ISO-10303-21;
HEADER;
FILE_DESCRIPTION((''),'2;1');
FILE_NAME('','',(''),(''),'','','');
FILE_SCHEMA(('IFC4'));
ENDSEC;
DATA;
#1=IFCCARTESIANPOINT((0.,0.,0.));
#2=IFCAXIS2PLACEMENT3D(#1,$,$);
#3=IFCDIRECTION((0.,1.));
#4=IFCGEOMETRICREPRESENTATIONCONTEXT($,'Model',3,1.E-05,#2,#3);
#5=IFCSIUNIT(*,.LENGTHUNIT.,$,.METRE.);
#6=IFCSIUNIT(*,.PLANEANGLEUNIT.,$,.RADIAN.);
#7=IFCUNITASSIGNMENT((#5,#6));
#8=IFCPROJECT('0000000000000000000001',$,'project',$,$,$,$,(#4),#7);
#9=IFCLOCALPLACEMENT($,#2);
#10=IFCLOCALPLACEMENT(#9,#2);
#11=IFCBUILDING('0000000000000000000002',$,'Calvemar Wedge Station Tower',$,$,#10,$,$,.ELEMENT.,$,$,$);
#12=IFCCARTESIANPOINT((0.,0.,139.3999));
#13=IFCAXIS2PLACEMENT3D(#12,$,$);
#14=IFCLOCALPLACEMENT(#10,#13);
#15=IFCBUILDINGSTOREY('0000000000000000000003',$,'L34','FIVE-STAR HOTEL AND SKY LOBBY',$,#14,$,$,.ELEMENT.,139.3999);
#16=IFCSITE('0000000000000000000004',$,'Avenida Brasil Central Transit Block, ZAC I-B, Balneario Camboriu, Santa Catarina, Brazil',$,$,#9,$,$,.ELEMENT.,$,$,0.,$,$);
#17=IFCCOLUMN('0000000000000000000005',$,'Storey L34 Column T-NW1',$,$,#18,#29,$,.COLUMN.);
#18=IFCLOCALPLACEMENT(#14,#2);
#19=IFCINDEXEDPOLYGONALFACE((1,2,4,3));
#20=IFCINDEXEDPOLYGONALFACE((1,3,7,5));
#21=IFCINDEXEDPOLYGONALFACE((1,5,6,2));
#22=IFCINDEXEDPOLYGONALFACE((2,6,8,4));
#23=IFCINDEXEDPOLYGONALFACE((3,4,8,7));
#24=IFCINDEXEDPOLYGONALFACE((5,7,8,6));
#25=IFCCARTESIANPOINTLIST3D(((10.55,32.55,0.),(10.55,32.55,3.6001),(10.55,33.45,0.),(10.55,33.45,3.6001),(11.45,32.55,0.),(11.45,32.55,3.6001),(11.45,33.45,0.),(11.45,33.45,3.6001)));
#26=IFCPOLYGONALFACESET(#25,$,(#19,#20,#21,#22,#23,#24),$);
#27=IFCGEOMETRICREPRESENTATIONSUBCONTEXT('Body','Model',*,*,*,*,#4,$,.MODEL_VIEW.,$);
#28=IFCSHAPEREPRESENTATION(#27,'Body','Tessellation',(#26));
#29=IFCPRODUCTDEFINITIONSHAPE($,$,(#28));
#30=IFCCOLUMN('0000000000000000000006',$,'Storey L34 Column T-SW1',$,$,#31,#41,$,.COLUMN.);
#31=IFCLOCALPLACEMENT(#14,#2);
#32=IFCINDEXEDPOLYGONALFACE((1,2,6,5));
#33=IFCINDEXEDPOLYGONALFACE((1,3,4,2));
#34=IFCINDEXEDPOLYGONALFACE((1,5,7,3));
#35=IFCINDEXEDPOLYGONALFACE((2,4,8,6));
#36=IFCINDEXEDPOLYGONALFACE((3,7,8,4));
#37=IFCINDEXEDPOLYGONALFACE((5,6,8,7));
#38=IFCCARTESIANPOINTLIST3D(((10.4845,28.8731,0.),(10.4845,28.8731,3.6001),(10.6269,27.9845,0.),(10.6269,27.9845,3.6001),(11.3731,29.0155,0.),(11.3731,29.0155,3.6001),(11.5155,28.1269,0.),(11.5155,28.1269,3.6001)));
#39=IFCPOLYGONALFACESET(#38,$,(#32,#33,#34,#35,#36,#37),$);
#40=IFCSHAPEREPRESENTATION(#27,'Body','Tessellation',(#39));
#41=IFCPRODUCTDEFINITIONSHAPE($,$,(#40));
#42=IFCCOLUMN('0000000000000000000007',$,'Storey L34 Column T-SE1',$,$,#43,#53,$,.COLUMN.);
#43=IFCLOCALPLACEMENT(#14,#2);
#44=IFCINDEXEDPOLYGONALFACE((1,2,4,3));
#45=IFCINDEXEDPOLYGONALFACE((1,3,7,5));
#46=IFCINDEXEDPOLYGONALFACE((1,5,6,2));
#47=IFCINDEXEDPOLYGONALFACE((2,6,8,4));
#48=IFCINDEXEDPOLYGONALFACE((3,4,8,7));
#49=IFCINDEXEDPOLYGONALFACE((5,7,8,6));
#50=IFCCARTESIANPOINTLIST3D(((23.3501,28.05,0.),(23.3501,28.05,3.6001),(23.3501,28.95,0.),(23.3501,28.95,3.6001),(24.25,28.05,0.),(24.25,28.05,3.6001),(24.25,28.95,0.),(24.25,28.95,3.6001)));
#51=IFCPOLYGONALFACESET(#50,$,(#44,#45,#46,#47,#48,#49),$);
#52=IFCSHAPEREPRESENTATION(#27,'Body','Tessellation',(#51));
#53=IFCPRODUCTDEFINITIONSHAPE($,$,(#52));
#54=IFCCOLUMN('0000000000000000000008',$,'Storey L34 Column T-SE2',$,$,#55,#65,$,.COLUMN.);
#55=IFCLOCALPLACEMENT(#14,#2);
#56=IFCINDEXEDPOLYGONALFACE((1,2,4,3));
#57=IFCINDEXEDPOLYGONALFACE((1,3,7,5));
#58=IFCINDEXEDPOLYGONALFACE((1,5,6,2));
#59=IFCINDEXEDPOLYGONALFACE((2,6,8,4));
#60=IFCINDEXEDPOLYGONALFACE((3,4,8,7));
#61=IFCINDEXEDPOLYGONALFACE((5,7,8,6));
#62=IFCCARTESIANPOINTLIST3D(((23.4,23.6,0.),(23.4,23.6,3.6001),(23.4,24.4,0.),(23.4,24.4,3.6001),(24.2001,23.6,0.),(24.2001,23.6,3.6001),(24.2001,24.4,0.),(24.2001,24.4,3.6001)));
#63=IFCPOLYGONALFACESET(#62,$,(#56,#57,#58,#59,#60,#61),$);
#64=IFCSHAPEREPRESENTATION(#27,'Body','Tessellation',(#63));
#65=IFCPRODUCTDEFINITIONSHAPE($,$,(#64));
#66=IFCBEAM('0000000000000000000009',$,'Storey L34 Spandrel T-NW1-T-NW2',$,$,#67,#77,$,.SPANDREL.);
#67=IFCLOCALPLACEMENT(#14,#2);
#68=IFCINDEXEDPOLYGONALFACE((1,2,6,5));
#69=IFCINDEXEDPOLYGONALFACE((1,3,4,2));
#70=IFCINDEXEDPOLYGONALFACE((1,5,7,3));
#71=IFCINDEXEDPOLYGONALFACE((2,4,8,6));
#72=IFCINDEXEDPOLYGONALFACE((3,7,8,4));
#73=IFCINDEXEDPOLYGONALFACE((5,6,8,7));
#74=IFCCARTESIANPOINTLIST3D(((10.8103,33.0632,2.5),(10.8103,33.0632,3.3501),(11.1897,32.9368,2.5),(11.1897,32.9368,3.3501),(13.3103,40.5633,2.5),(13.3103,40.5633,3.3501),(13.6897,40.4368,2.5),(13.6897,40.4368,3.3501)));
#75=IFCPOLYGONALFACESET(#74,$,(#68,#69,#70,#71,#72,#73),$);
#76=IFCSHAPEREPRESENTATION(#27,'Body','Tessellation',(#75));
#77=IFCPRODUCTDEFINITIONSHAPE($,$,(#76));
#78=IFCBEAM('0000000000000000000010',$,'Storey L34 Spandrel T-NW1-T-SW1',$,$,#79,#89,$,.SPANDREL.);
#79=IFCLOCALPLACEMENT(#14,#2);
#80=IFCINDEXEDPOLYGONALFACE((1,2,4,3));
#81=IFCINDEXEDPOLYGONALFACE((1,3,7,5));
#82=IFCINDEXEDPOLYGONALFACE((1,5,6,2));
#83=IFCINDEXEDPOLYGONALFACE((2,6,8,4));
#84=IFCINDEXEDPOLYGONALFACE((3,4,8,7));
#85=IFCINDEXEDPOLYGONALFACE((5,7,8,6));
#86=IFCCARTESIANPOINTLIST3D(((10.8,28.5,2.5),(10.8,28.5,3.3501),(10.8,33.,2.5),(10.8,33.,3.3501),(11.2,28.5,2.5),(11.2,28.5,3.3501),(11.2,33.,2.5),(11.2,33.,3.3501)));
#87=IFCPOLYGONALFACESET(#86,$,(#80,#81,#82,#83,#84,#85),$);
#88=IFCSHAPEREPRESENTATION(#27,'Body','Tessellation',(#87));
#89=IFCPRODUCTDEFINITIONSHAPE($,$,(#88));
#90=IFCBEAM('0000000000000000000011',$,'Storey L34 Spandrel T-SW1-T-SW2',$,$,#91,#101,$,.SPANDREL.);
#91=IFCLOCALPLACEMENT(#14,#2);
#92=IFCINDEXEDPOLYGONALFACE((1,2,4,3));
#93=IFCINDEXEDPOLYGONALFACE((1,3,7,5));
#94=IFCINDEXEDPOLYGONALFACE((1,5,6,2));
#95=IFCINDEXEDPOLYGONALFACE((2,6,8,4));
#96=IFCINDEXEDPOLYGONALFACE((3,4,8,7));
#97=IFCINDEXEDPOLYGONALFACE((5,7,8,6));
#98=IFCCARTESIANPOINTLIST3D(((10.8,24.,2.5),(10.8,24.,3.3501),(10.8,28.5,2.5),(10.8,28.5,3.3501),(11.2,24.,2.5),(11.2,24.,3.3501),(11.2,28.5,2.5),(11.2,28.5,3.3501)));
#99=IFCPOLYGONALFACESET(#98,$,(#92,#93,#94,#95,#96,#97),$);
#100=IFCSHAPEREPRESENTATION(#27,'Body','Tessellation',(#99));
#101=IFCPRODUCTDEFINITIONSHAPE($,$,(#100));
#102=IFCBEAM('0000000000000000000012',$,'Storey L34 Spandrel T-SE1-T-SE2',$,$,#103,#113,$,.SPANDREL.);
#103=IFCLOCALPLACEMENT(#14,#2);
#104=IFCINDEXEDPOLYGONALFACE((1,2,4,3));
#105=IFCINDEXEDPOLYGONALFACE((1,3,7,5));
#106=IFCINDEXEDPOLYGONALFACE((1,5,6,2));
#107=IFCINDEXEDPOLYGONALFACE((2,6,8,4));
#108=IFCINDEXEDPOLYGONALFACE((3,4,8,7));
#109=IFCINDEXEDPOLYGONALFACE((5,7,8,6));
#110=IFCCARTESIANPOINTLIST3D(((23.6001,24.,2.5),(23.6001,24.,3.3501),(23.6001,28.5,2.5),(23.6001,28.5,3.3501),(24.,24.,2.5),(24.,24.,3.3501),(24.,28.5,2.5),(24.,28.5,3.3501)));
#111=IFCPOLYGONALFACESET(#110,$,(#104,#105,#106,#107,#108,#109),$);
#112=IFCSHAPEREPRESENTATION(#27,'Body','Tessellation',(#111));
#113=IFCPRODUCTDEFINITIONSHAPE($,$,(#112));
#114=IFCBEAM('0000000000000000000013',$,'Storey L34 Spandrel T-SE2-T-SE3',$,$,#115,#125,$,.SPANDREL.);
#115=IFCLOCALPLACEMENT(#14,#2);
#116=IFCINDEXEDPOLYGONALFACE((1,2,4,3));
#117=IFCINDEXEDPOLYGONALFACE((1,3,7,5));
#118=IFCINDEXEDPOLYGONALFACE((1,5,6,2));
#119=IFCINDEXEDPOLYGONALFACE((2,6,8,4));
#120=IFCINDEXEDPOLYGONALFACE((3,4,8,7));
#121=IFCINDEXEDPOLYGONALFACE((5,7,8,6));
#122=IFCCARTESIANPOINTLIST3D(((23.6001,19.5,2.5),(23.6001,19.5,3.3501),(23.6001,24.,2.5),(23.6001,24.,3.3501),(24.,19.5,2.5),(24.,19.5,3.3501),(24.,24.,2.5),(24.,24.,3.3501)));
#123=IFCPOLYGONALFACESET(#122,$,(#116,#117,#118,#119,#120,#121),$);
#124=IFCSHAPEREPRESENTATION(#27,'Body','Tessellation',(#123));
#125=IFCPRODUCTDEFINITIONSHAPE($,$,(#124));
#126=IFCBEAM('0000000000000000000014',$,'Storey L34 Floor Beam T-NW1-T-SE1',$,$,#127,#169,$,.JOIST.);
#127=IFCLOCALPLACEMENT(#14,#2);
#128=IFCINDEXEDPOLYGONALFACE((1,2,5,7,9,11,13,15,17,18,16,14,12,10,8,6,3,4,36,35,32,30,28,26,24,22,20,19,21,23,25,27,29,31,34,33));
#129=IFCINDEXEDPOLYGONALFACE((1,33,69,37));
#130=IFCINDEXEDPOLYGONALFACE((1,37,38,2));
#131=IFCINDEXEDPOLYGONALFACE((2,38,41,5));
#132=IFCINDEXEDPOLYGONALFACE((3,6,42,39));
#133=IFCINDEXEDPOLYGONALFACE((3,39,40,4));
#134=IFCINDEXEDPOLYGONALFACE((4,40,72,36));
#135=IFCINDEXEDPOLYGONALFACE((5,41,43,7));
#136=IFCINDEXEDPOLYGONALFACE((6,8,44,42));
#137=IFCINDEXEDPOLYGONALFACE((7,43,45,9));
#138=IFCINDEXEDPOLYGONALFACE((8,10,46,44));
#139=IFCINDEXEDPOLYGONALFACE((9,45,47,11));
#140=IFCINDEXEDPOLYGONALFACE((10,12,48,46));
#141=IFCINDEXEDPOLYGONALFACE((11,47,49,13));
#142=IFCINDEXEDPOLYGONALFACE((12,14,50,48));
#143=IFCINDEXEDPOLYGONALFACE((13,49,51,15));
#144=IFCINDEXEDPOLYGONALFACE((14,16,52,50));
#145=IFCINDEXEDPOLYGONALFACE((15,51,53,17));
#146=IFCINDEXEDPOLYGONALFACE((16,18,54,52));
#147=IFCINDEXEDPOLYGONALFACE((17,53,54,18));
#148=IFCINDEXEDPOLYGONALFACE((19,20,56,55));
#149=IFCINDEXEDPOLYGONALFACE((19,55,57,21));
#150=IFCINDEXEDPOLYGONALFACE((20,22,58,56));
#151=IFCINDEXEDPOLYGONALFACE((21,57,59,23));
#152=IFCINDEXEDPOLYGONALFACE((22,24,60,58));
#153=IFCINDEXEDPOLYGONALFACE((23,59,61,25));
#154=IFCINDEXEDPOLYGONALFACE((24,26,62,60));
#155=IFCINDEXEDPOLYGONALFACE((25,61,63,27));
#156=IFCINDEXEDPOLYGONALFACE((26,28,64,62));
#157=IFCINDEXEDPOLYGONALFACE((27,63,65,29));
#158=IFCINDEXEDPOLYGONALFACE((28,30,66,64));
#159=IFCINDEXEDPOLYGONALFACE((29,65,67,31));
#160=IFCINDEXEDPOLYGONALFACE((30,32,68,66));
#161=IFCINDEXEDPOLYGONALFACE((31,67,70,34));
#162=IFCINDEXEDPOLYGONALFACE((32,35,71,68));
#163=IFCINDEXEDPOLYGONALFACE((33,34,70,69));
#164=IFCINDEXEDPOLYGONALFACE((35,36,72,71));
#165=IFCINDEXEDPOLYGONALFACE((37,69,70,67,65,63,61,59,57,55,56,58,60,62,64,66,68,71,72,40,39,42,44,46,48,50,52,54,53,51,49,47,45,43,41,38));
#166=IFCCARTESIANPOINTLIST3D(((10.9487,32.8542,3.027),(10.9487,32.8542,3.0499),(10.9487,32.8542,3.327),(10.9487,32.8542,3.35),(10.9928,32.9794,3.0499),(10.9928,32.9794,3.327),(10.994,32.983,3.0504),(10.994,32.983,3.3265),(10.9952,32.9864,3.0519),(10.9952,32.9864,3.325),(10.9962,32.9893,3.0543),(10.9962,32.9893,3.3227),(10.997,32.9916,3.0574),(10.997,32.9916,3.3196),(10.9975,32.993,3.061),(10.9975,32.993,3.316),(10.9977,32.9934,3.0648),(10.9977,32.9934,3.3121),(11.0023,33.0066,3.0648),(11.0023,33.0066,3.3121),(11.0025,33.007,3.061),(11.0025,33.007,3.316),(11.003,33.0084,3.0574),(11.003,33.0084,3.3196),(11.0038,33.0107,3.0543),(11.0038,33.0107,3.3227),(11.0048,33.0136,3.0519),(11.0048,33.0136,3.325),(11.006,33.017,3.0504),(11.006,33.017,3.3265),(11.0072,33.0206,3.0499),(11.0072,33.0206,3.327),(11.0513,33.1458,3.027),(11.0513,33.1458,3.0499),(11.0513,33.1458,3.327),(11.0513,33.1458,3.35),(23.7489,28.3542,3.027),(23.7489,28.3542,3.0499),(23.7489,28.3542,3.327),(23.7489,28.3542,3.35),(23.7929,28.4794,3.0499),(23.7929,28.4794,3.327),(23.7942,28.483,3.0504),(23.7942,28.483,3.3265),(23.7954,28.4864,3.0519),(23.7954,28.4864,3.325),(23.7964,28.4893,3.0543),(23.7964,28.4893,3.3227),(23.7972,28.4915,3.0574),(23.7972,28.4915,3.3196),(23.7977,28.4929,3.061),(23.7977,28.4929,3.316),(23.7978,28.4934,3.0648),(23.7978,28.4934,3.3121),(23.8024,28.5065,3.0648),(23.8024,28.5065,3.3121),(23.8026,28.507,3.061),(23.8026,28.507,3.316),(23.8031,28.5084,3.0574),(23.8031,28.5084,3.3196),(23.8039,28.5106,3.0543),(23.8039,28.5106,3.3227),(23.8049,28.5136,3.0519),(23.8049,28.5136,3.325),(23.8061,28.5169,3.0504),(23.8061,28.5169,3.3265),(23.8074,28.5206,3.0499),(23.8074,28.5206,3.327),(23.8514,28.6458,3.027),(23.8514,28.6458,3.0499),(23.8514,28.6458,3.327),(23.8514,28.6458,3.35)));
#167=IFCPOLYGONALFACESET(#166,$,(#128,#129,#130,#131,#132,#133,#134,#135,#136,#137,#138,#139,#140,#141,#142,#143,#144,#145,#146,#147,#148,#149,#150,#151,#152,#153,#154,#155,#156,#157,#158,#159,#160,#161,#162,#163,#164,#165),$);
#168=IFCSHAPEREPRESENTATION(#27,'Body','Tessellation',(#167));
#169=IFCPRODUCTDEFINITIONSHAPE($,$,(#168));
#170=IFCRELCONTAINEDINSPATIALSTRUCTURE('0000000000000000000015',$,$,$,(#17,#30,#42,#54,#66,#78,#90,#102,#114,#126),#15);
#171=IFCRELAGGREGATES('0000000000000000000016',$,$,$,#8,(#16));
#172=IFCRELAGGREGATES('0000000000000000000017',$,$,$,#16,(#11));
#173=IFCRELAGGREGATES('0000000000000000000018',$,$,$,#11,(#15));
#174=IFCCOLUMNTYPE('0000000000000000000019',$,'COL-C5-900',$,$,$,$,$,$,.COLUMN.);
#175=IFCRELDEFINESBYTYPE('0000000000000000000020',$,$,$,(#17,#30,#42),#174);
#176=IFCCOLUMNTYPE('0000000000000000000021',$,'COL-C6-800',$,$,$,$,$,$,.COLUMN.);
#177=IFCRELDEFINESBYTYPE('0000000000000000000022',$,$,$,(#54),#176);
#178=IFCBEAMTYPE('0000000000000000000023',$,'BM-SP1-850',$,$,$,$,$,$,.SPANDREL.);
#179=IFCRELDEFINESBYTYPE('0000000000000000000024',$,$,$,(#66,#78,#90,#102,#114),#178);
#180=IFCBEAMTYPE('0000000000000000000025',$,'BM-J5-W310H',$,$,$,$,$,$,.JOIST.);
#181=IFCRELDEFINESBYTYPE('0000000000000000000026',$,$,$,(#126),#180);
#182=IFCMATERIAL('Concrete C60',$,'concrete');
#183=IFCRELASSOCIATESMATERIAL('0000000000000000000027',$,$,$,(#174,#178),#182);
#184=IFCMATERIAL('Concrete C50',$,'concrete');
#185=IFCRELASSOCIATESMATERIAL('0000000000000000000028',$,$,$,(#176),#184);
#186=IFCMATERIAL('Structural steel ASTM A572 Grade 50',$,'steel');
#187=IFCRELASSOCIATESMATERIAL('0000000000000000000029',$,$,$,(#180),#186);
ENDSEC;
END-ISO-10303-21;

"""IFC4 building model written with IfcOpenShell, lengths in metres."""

from ifc_helpers import new_model, si_unit, direction, frame, origin, origin_2d, place, context, subcontext, project, spatial, rectangle, i_section, extrude, source, transform, mapped, material, material_profile, profile_set, type_object, element, save


model = new_model("IFC4")

# Units and contexts
model_context = context("Model", 3, precision=1e-05, world=origin(), true_north=direction((0.0, 1.0)))
body_context = subcontext(model_context, "Body", "Model", "MODEL_VIEW")
ifc_project = project(units=[si_unit("LENGTHUNIT", "METRE"), si_unit("PLANEANGLEUNIT", "RADIAN")], contexts=[model_context])

# Site, building, storey
site_placement = place(None, origin())
site = spatial("IfcSite", under=ifc_project, at=site_placement, Name="Avenida Brasil Central Transit Block, ZAC I-B, Balneario Camboriu, Santa Catarina, Brazil", CompositionType="ELEMENT", RefElevation=0.0)
building_placement = place(site_placement, origin())
building = spatial("IfcBuilding", under=site, at=building_placement, Name="Calvemar Wedge Station Tower", CompositionType="ELEMENT")
storey_placement = place(building_placement, frame((0.0, 0.0, 139.3999)))
storey = spatial("IfcBuildingStorey", under=building, at=storey_placement, Name="L34", Description="FIVE-STAR HOTEL AND SKY LOBBY", CompositionType="ELEMENT", Elevation=139.3999)

# Columns
ifc_material_1 = material(Name="Concrete C60", Category="concrete")
ifc_material_profile_1 = material_profile(ifc_material_1, rectangle(XDim=0.8999, YDim=0.8999, at=origin_2d()), Name="RC900x900")
ifc_profile_set_1 = profile_set([ifc_material_profile_1], Name="Concrete C60")
column_type_1 = type_object("IfcColumnType", Name="COL-C5-900", PredefinedType="COLUMN", material=ifc_profile_set_1)
shared_shape_1 = source(origin(), body_context, "Body", "SweptSolid", [
    extrude(rectangle(XDim=0.8999, YDim=0.8999, at=origin_2d()), origin(), (0.0, 0.0, 1.0), 3.6001),
])
for number, where, z_axis, x_axis, name in (
    (1, (11.0, 33.0, 0.0), (0.0, 0.0, 1.0), (1.0, 0.0, 0.0), "Storey L34 Column T-NW1"),
    (2, (11.0, 28.5, 0.0), (0.0, 0.0, 1.0), (0.158158, -0.987414, 0.0), "Storey L34 Column T-SW1"),
    (3, (23.8, 28.5, 0.0), (0.0, 0.0, 1.0), (1.0, 0.0, 0.0), "Storey L34 Column T-SE1"),
):
    element("IfcColumn", number, at=place(storey_placement, frame(where, z_axis=z_axis, x_axis=x_axis)), inside=storey, type_object=column_type_1, Name=name, PredefinedType="COLUMN", context=body_context, shape_type="MappedRepresentation", body=[
        mapped(shared_shape_1, transform((0.0, 0.0, 0.0), scale=1.0)),
    ])
ifc_material_2 = material(Name="Concrete C50", Category="concrete")
ifc_material_profile_2 = material_profile(ifc_material_2, rectangle(XDim=0.8, YDim=0.8, at=origin_2d()), Name="RC800x800")
ifc_profile_set_2 = profile_set([ifc_material_profile_2], Name="Concrete C50")
column_type_2 = type_object("IfcColumnType", Name="COL-C6-800", PredefinedType="COLUMN", material=ifc_profile_set_2)
shared_shape_2 = source(origin(), body_context, "Body", "SweptSolid", [
    extrude(rectangle(XDim=0.8, YDim=0.8, at=origin_2d()), origin(), (0.0, 0.0, 1.0), 3.6001),
])
column_placement = place(storey_placement, frame((23.8, 24.0, 0.0), z_axis=(0.0, 0.0, 1.0), x_axis=(1.0, 0.0, 0.0)))
element("IfcColumn", 4, at=column_placement, inside=storey, type_object=column_type_2, Name="Storey L34 Column T-SE2", PredefinedType="COLUMN", context=body_context, shape_type="MappedRepresentation", body=[
    mapped(shared_shape_2, transform((0.0, 0.0, 0.0), scale=1.0)),
])

# Beams
ifc_material_profile_3 = material_profile(ifc_material_1, rectangle(XDim=0.3999, YDim=0.8501, at=origin_2d()), Name="RC400x850")
ifc_profile_set_3 = profile_set([ifc_material_profile_3], Name="Concrete C60")
beam_type_1 = type_object("IfcBeamType", Name="BM-SP1-850", PredefinedType="SPANDREL", material=ifc_profile_set_3)
shared_shape_3 = source(origin(), body_context, "Body", "SweptSolid", [
    extrude(rectangle(XDim=0.3999, YDim=0.8501, at=origin_2d()), origin(), (0.0, 0.0, 1.0), 7.9058),
])
beam_1_placement = place(storey_placement, frame((11.0, 33.0, 2.925), z_axis=(0.316228, 0.948683, 0.0), x_axis=(-0.948683, 0.316228, 0.0)))
element("IfcBeam", 5, at=beam_1_placement, inside=storey, type_object=beam_type_1, Name="Storey L34 Spandrel T-NW1-T-NW2", PredefinedType="SPANDREL", context=body_context, shape_type="MappedRepresentation", body=[
    mapped(shared_shape_3, transform((0.0, 0.0, 0.0), scale=1.0)),
])
shared_shape_4 = source(origin(), body_context, "Body", "SweptSolid", [
    extrude(rectangle(XDim=0.3999, YDim=0.8501, at=origin_2d()), origin(), (0.0, 0.0, 1.0), 4.5),
])
for number, where, z_axis, x_axis, name in (
    (6, (11.0, 33.0, 2.925), (0.0, -1.0, 0.0), (1.0, 0.0, 0.0), "Storey L34 Spandrel T-NW1-T-SW1"),
    (7, (11.0, 28.5, 2.925), (0.0, -1.0, 0.0), (1.0, 0.0, 0.0), "Storey L34 Spandrel T-SW1-T-SW2"),
    (8, (23.8, 28.5, 2.925), (0.0, -1.0, 0.0), (1.0, 0.0, 0.0), "Storey L34 Spandrel T-SE1-T-SE2"),
    (9, (23.8, 24.0, 2.925), (0.0, -1.0, 0.0), (1.0, 0.0, 0.0), "Storey L34 Spandrel T-SE2-T-SE3"),
):
    element("IfcBeam", number, at=place(storey_placement, frame(where, z_axis=z_axis, x_axis=x_axis)), inside=storey, type_object=beam_type_1, Name=name, PredefinedType="SPANDREL", context=body_context, shape_type="MappedRepresentation", body=[
        mapped(shared_shape_4, transform((0.0, 0.0, 0.0), scale=1.0)),
    ])
ifc_material_3 = material(Name="Structural steel ASTM A572 Grade 50", Category="steel")
ifc_material_profile_4 = material_profile(ifc_material_3, i_section(OverallWidth=0.3091, OverallDepth=0.323, WebThickness=0.0139, FlangeThickness=0.0229, FilletRadius=0.0149, at=origin_2d()), Name="W310x143")
ifc_profile_set_4 = profile_set([ifc_material_profile_4], Name="Structural steel ASTM A572 Grade 50")
beam_type_2 = type_object("IfcBeamType", Name="BM-J5-W310H", PredefinedType="JOIST", material=ifc_profile_set_4)
shared_shape_5 = source(origin(), body_context, "Body", "SweptSolid", [
    extrude(i_section(OverallWidth=0.3091, OverallDepth=0.323, WebThickness=0.0139, FlangeThickness=0.0229, FilletRadius=0.0149, at=origin_2d()), origin(), (0.0, 0.0, 1.0), 13.5681),
])
for number, where, z_axis, x_axis, name in (
    (10, (11.0, 33.0, 3.1885), (0.943398, -0.331662, 0.0), (0.331662, 0.943398, 0.0), "Storey L34 Floor Beam T-NW1-T-SE1"),
):
    element("IfcBeam", number, at=place(storey_placement, frame(where, z_axis=z_axis, x_axis=x_axis)), inside=storey, type_object=beam_type_2, Name=name, PredefinedType="JOIST", context=body_context, shape_type="MappedRepresentation", body=[
        mapped(shared_shape_5, transform((0.0, 0.0, 0.0), scale=1.0)),
    ])

save(model, "model.ifc")
